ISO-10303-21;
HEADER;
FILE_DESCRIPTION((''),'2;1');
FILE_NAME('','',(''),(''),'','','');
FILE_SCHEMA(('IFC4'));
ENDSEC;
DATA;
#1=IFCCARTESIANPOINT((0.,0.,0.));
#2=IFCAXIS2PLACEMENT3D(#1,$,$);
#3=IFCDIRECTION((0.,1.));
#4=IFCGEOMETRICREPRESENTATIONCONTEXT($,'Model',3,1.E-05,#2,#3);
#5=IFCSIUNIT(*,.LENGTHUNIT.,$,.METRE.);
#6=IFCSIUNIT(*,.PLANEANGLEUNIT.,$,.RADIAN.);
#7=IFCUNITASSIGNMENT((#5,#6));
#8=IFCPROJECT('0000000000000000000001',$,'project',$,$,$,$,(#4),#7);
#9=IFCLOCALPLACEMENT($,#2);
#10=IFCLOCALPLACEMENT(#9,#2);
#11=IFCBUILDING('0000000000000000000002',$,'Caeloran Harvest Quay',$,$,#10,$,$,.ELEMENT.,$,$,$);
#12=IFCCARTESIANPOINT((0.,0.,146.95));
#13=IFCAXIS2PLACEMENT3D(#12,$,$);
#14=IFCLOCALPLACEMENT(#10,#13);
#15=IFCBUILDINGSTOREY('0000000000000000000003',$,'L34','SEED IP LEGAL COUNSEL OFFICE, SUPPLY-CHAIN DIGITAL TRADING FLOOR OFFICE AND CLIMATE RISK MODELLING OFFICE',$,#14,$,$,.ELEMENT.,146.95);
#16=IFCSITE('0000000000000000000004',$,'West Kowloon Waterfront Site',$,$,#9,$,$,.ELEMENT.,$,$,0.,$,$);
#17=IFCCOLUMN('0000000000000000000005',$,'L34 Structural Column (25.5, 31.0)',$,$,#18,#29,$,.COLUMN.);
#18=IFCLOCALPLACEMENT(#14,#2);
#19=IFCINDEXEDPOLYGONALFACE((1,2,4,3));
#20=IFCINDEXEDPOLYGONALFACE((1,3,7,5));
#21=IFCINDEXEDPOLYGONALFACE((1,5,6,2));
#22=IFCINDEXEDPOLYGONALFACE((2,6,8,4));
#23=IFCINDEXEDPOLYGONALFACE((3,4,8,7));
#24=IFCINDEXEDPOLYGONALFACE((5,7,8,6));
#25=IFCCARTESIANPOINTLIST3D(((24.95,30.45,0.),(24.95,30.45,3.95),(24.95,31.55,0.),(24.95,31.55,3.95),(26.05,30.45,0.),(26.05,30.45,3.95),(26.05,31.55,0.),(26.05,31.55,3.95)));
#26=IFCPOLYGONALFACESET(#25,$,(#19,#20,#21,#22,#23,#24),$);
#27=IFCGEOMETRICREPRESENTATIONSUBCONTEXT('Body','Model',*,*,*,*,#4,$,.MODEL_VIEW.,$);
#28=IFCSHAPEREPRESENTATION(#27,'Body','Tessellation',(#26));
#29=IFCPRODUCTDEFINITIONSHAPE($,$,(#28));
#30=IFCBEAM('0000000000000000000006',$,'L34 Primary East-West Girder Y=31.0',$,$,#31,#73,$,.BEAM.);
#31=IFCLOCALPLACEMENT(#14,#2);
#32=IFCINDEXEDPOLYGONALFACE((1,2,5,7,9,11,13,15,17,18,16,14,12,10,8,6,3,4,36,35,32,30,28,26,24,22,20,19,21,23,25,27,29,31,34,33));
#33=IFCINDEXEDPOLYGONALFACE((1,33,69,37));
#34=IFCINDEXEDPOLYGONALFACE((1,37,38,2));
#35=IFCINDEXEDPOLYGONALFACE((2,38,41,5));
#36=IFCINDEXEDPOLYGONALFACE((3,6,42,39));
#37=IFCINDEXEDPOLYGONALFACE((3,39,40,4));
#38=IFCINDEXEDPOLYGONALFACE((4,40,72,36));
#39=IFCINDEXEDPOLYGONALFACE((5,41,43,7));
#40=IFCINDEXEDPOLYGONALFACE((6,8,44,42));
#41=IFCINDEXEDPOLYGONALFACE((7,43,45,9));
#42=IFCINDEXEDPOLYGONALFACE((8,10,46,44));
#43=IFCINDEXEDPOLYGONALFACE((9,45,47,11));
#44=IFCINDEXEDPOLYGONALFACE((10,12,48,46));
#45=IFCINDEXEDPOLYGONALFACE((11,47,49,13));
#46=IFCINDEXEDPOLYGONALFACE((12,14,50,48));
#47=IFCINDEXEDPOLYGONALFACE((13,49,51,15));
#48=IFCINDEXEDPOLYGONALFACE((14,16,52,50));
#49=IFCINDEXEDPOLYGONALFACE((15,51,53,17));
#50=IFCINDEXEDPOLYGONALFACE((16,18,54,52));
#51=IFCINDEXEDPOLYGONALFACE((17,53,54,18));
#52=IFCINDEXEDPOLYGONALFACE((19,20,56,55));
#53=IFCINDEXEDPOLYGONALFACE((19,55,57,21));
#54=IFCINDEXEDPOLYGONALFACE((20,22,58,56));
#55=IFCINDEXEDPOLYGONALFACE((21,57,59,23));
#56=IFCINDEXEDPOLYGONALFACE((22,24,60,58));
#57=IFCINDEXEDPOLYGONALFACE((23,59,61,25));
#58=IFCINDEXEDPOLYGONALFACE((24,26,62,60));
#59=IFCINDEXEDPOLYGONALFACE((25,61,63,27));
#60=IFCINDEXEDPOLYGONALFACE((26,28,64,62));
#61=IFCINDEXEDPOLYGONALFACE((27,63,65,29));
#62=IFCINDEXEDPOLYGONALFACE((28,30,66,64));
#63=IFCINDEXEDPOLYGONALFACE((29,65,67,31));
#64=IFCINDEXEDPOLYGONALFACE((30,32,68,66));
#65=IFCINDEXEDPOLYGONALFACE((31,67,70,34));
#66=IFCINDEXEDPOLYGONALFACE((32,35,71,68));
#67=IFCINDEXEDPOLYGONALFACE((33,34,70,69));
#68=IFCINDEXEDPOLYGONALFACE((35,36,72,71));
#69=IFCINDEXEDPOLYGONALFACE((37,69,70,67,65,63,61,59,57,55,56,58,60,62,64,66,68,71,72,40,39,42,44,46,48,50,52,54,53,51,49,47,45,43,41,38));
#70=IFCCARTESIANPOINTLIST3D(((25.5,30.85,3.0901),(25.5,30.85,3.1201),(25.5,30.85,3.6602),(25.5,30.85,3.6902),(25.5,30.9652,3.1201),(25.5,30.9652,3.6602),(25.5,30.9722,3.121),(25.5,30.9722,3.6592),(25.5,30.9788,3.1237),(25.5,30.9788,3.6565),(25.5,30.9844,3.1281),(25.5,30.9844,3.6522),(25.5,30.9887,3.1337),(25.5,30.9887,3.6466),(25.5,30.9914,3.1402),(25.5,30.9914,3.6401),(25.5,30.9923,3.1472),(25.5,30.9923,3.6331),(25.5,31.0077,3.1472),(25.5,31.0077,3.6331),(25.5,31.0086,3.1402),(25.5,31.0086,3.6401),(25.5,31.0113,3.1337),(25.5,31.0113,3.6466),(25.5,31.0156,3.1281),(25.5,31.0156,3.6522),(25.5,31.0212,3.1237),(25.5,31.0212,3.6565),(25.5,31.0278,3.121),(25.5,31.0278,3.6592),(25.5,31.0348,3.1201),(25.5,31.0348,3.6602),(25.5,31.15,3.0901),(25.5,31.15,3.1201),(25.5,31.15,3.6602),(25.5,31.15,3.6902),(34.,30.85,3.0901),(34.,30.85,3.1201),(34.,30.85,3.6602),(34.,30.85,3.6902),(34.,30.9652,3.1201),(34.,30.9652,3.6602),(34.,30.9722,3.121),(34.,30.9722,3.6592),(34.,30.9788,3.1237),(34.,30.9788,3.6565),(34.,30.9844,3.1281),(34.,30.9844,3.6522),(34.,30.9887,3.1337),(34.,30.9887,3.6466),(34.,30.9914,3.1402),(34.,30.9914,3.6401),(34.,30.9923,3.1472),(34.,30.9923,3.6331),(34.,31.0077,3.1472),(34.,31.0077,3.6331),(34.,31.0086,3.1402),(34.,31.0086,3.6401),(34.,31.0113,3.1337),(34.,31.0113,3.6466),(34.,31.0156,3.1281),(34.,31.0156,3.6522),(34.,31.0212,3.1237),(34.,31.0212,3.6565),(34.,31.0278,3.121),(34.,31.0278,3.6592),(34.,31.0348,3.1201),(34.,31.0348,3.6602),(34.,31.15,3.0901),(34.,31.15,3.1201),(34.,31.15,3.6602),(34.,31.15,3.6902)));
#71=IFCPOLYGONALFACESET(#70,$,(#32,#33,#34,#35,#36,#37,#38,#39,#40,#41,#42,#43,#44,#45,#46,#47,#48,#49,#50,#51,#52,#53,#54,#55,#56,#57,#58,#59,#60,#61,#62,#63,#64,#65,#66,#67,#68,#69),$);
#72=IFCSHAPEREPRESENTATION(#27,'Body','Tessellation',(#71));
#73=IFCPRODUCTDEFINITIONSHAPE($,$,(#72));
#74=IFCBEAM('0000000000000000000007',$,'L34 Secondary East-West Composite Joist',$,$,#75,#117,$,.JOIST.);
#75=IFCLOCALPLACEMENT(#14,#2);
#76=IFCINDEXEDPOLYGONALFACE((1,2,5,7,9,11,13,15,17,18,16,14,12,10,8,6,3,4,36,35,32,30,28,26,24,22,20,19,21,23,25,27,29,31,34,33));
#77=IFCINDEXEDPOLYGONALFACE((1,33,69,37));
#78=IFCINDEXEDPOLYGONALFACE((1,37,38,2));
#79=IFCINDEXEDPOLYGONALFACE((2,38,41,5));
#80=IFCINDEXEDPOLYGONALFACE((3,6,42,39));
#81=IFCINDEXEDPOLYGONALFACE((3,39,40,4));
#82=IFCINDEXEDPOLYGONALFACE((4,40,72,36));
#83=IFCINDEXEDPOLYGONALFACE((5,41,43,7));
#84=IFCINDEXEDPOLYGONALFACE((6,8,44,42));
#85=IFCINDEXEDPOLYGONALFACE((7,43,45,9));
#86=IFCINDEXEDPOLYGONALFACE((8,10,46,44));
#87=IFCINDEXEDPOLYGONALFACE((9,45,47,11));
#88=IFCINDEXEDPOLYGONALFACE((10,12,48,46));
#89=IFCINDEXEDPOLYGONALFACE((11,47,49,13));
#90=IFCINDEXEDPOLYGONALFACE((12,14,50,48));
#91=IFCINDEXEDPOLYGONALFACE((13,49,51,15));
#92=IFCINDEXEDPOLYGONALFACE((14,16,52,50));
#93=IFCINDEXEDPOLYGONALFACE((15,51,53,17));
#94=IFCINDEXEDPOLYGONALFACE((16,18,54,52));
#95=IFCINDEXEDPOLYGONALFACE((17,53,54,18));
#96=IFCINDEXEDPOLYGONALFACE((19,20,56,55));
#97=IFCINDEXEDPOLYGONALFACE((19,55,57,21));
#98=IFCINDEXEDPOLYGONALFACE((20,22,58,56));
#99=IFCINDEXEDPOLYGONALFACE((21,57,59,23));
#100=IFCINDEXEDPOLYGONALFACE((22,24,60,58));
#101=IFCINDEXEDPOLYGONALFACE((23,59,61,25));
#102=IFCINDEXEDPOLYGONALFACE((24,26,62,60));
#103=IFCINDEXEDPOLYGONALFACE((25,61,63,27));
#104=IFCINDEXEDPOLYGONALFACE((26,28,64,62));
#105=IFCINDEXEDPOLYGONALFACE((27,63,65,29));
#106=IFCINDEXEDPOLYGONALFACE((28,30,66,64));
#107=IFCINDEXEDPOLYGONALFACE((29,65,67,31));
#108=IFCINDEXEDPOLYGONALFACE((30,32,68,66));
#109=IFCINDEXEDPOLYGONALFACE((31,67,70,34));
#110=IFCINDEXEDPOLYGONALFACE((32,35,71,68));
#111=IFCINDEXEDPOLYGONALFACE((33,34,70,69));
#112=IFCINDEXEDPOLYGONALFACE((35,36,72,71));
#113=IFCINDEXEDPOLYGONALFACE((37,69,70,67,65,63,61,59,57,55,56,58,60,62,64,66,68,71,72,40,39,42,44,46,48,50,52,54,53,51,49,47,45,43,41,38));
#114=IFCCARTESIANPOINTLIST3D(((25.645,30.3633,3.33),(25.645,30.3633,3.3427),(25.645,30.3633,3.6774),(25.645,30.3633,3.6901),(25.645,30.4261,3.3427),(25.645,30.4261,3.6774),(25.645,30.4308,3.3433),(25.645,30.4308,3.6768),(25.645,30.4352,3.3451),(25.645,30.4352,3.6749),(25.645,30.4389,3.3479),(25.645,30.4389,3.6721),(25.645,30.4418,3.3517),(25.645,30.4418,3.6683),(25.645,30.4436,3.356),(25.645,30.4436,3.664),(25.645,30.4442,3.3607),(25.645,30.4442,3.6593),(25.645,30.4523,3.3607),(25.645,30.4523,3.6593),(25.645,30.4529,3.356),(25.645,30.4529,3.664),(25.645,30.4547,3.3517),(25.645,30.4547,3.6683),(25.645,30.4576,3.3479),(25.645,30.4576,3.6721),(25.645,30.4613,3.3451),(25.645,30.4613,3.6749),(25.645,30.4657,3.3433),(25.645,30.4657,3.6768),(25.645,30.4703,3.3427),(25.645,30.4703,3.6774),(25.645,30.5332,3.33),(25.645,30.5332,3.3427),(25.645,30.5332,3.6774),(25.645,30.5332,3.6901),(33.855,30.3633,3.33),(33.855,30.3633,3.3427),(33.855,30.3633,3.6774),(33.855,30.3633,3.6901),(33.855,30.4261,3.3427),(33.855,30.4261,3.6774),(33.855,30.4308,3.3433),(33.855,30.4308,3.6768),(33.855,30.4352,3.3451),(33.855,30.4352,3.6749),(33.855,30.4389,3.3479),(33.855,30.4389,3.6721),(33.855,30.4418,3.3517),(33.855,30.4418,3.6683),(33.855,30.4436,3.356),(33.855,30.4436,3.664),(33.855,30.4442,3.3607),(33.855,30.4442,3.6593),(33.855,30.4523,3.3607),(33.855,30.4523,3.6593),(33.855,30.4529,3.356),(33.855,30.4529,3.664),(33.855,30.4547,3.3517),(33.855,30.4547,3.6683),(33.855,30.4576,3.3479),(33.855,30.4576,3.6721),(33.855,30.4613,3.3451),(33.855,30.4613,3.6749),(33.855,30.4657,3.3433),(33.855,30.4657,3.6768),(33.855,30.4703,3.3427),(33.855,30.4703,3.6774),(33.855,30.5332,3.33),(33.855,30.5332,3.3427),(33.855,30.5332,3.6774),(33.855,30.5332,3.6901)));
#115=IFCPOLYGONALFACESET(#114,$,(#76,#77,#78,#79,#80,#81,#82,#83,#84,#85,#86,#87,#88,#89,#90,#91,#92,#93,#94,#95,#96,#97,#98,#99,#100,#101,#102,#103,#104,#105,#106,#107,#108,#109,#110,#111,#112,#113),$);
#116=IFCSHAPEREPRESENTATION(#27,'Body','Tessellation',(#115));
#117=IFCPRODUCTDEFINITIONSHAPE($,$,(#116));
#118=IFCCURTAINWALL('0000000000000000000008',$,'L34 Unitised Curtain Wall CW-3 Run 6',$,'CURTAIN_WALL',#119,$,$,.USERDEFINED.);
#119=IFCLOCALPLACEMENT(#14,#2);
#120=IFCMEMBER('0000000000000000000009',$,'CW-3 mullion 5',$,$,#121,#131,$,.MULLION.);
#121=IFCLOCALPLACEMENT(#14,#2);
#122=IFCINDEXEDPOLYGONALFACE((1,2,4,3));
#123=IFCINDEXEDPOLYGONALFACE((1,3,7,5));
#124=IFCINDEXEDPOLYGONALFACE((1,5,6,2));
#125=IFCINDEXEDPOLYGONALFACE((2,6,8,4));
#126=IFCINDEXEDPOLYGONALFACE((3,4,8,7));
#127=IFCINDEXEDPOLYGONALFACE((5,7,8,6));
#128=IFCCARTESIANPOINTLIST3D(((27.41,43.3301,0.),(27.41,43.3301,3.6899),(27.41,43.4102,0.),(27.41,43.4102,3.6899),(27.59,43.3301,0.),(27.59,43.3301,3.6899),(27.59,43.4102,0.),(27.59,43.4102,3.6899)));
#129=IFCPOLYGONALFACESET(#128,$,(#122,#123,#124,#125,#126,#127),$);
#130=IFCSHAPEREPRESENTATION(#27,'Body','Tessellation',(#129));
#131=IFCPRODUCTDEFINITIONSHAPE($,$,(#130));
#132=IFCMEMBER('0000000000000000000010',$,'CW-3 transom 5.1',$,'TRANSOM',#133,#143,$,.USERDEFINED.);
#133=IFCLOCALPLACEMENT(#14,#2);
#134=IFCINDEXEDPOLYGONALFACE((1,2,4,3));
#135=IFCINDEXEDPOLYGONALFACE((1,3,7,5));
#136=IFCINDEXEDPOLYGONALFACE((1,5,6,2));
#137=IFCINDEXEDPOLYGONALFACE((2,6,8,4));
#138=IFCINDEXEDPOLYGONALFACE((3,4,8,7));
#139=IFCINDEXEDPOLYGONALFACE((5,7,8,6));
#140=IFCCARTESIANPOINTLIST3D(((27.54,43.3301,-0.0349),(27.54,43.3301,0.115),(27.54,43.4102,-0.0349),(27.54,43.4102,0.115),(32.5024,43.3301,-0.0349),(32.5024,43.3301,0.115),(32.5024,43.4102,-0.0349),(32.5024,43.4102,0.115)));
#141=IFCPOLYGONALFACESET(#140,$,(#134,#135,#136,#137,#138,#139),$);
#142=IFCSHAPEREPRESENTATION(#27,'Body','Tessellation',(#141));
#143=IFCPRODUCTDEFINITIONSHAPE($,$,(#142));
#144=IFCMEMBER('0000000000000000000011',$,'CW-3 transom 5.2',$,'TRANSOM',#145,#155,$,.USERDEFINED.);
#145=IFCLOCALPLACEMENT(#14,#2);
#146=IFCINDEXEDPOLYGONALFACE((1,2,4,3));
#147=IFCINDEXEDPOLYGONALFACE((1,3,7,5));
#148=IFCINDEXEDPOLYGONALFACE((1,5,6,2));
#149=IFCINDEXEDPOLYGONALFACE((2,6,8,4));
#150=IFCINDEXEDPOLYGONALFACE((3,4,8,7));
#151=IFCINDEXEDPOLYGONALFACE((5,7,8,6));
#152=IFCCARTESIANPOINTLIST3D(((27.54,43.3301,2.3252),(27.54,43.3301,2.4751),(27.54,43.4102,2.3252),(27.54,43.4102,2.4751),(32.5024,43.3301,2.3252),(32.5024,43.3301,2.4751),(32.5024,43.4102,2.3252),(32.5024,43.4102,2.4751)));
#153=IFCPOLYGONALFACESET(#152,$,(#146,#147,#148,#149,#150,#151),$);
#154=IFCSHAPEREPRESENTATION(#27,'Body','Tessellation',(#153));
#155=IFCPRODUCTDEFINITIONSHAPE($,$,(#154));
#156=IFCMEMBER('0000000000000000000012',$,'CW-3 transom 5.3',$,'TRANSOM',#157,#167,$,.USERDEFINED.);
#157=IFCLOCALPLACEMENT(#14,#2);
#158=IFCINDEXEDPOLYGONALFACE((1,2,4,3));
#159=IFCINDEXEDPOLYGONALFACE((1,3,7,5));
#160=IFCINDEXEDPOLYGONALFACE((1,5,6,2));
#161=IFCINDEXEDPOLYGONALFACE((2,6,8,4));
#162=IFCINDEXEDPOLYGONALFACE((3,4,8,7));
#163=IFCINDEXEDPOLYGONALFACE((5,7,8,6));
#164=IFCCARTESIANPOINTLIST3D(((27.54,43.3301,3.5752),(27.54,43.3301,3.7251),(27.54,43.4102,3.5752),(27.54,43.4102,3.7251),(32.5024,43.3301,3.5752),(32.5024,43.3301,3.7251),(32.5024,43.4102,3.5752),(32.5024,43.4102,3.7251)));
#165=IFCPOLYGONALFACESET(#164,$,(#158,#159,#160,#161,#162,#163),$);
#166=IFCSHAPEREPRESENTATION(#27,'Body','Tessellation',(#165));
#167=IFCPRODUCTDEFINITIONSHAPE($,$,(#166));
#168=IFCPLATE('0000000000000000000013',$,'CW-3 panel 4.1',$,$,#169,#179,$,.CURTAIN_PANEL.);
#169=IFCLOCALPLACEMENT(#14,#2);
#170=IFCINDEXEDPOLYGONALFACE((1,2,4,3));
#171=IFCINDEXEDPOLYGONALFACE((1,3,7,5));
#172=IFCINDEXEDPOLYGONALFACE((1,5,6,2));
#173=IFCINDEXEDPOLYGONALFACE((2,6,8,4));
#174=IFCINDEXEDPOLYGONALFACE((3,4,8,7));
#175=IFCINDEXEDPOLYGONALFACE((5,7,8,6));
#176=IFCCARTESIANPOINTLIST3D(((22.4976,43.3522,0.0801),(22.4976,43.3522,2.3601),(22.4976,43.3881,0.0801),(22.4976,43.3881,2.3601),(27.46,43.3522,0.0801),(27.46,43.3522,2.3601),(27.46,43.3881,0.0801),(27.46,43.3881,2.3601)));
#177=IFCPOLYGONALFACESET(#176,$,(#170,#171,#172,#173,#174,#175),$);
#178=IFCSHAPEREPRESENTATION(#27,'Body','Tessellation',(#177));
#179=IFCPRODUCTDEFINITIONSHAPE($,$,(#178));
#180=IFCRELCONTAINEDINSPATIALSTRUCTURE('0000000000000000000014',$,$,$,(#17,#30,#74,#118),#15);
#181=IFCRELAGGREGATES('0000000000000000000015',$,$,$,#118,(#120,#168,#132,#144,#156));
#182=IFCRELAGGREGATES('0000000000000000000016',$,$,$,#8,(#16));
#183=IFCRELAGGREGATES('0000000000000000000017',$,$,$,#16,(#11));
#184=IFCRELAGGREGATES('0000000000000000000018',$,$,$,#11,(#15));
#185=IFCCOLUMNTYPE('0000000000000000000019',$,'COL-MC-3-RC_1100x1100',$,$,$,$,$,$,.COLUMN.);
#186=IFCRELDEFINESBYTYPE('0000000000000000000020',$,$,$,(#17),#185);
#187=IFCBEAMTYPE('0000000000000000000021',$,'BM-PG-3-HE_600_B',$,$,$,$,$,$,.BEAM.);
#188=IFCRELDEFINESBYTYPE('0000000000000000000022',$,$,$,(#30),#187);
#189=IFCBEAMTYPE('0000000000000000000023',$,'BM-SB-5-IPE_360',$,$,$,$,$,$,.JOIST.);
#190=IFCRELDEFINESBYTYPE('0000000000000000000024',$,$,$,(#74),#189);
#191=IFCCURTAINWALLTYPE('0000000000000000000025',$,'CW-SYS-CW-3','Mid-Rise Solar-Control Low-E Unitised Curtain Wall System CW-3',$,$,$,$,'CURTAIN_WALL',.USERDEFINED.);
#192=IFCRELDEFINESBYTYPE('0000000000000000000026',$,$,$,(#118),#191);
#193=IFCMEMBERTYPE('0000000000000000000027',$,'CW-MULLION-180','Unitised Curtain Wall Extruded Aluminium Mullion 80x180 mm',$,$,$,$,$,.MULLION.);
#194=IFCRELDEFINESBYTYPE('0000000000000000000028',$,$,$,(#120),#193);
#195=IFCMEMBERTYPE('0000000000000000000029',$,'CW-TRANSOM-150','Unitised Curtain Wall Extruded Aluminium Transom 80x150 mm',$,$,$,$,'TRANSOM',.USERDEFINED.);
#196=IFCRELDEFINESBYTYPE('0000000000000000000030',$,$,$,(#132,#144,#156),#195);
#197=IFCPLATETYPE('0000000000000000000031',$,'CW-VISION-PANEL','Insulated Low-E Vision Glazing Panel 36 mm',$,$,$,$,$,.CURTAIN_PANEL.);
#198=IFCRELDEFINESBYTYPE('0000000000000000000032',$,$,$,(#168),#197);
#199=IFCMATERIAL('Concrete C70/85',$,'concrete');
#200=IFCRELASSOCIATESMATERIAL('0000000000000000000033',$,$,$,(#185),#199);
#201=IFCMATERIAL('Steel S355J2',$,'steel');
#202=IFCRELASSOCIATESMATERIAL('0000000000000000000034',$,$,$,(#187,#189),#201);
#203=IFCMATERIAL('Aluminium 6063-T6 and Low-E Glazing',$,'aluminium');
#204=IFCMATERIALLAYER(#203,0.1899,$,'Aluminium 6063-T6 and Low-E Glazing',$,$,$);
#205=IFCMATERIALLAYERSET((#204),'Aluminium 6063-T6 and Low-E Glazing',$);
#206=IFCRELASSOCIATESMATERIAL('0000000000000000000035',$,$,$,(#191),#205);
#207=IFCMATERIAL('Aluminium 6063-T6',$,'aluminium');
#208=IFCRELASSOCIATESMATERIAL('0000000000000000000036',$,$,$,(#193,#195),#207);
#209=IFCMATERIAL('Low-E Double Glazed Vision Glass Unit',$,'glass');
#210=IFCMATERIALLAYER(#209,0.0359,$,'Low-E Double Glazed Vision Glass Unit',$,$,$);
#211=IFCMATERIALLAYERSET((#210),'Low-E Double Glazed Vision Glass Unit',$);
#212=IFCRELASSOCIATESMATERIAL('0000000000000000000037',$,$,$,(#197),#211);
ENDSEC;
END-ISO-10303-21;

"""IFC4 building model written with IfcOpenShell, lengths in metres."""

from ifc_helpers import new_model, si_unit, direction, frame, origin, origin_2d, place, context, subcontext, project, spatial, rectangle, i_section, extrude, material, layer, layer_set, material_profile, profile_set, type_object, element, aggregate, save


model = new_model("IFC4")

# Units and contexts
model_context = context("Model", 3, precision=1e-05, world=origin(), true_north=direction((0.0, 1.0)))
body_context = subcontext(model_context, "Body", "Model", "MODEL_VIEW")
ifc_project = project(units=[si_unit("LENGTHUNIT", "METRE"), si_unit("PLANEANGLEUNIT", "RADIAN")], contexts=[model_context])

# Site, building, storey
site_placement = place(None, origin())
site = spatial("IfcSite", under=ifc_project, at=site_placement, Name="West Kowloon Waterfront Site", CompositionType="ELEMENT", RefElevation=0.0)
building_placement = place(site_placement, origin())
building = spatial("IfcBuilding", under=site, at=building_placement, Name="Caeloran Harvest Quay", CompositionType="ELEMENT")
storey_placement = place(building_placement, frame((0.0, 0.0, 146.95)))
storey = spatial("IfcBuildingStorey", under=building, at=storey_placement, Name="L34", Description="SEED IP LEGAL COUNSEL OFFICE, SUPPLY-CHAIN DIGITAL TRADING FLOOR OFFICE AND CLIMATE RISK MODELLING OFFICE", CompositionType="ELEMENT", Elevation=146.95)

# Column
ifc_material_1 = material(Name="Concrete C70/85", Category="concrete")
ifc_material_profile_1 = material_profile(ifc_material_1, rectangle(XDim=1.1001, YDim=1.1001, at=origin_2d()), Name="RC 1100x1100")
ifc_profile_set_1 = profile_set([ifc_material_profile_1], Name="Concrete C70/85")
column_type = type_object("IfcColumnType", Name="COL-MC-3-RC_1100x1100", PredefinedType="COLUMN", material=ifc_profile_set_1)
column_placement = place(storey_placement, frame((25.5, 31.0, 0.0), z_axis=(0.0, 0.0, 1.0), x_axis=(1.0, 0.0, 0.0)))
element("IfcColumn", 1, at=column_placement, inside=storey, type_object=column_type, Name="L34 Structural Column (25.5, 31.0)", PredefinedType="COLUMN", context=body_context, shape_type="SweptSolid", body=[
    extrude(rectangle(XDim=1.1001, YDim=1.1001, at=origin_2d()), origin(), (0.0, 0.0, 1.0), 3.95),
])

# Beams
ifc_material_2 = material(Name="Steel S355J2", Category="steel")
ifc_material_profile_2 = material_profile(ifc_material_2, i_section(OverallWidth=0.3, OverallDepth=0.6001, WebThickness=0.0154, FlangeThickness=0.03, FilletRadius=0.0271, at=origin_2d()), Name="HE 600 B")
ifc_profile_set_2 = profile_set([ifc_material_profile_2], Name="Steel S355J2")
beam_type_1 = type_object("IfcBeamType", Name="BM-PG-3-HE_600_B", PredefinedType="BEAM", material=ifc_profile_set_2)
beam_1_placement = place(storey_placement, frame((25.5, 31.0, 3.3901), z_axis=(1.0, 0.0, 0.0), x_axis=(0.0, 1.0, 0.0)))
element("IfcBeam", 2, at=beam_1_placement, inside=storey, type_object=beam_type_1, Name="L34 Primary East-West Girder Y=31.0", PredefinedType="BEAM", context=body_context, shape_type="SweptSolid", body=[
    extrude(i_section(OverallWidth=0.3, OverallDepth=0.6001, WebThickness=0.0154, FlangeThickness=0.03, FilletRadius=0.0271, at=origin_2d()), origin(), (0.0, 0.0, 1.0), 8.5),
])
ifc_material_profile_3 = material_profile(ifc_material_2, i_section(OverallWidth=0.1699, OverallDepth=0.3601, WebThickness=0.0081, FlangeThickness=0.0127, FilletRadius=0.0181, at=origin_2d()), Name="IPE 360")
ifc_profile_set_3 = profile_set([ifc_material_profile_3], Name="Steel S355J2")
beam_type_2 = type_object("IfcBeamType", Name="BM-SB-5-IPE_360", PredefinedType="JOIST", material=ifc_profile_set_3)
beam_2_placement = place(storey_placement, frame((25.645, 30.4482, 3.51), z_axis=(1.0, 0.0, 0.0), x_axis=(0.0, 1.0, 0.0)))
element("IfcBeam", 3, at=beam_2_placement, inside=storey, type_object=beam_type_2, Name="L34 Secondary East-West Composite Joist", PredefinedType="JOIST", context=body_context, shape_type="SweptSolid", body=[
    extrude(i_section(OverallWidth=0.1699, OverallDepth=0.3601, WebThickness=0.0081, FlangeThickness=0.0127, FilletRadius=0.0181, at=origin_2d()), origin(), (0.0, 0.0, 1.0), 8.21),
])

# Curtain wall, members, plate
ifc_material_3 = material(Name="Aluminium 6063-T6 and Low-E Glazing", Category="aluminium")
ifc_layer_1 = layer(ifc_material_3, 0.1899, Name="Aluminium 6063-T6 and Low-E Glazing")
ifc_layer_set_1 = layer_set([ifc_layer_1], Name="Aluminium 6063-T6 and Low-E Glazing")
curtain_wall_type = type_object("IfcCurtainWallType", Name="CW-SYS-CW-3", Description="Mid-Rise Solar-Control Low-E Unitised Curtain Wall System CW-3", ElementType="CURTAIN_WALL", PredefinedType="USERDEFINED", material=ifc_layer_set_1)
curtain_wall_placement = place(storey_placement, origin())
curtain_wall = element("IfcCurtainWall", 4, at=curtain_wall_placement, inside=storey, type_object=curtain_wall_type, Name="L34 Unitised Curtain Wall CW-3 Run 6", ObjectType="CURTAIN_WALL", PredefinedType="USERDEFINED")
ifc_material_4 = material(Name="Aluminium 6063-T6", Category="aluminium")
ifc_material_profile_4 = material_profile(ifc_material_4, rectangle(XDim=0.0801, YDim=0.1799, at=origin_2d()), Name="CW-MULLION-180")
ifc_profile_set_4 = profile_set([ifc_material_profile_4], Name="Aluminium 6063-T6")
member_type_1 = type_object("IfcMemberType", Name="CW-MULLION-180", Description="Unitised Curtain Wall Extruded Aluminium Mullion 80x180 mm", PredefinedType="MULLION", material=ifc_profile_set_4)
member_1_placement = place(storey_placement, frame((27.5, 43.3701, 0.0), z_axis=(0.0, 0.0, 1.0), x_axis=(0.0, 1.0, 0.0)))
member_1 = element("IfcMember", 5, at=member_1_placement, type_object=member_type_1, Name="CW-3 mullion 5", PredefinedType="MULLION", context=body_context, shape_type="SweptSolid", body=[
    extrude(rectangle(XDim=0.0801, YDim=0.1799, at=origin_2d()), origin(), (0.0, 0.0, 1.0), 3.6899),
])
ifc_material_profile_5 = material_profile(ifc_material_4, rectangle(XDim=0.0801, YDim=0.1499, at=origin_2d()), Name="CW-TRANSOM-150")
ifc_profile_set_5 = profile_set([ifc_material_profile_5], Name="Aluminium 6063-T6")
member_type_2 = type_object("IfcMemberType", Name="CW-TRANSOM-150", Description="Unitised Curtain Wall Extruded Aluminium Transom 80x150 mm", ElementType="TRANSOM", PredefinedType="USERDEFINED", material=ifc_profile_set_5)
member_2_placement = place(storey_placement, frame((27.54, 43.3701, 0.04), z_axis=(1.0, 0.0, 0.0), x_axis=(0.0, 1.0, 0.0)))
member_2 = element("IfcMember", 6, at=member_2_placement, type_object=member_type_2, Name="CW-3 transom 5.1", ObjectType="TRANSOM", PredefinedType="USERDEFINED", context=body_context, shape_type="SweptSolid", body=[
    extrude(rectangle(XDim=0.0801, YDim=0.1499, at=origin_2d()), origin(), (0.0, 0.0, 1.0), 4.9624),
])
member_3_placement = place(storey_placement, frame((27.54, 43.3701, 2.4001), z_axis=(1.0, 0.0, 0.0), x_axis=(0.0, 1.0, 0.0)))
member_3 = element("IfcMember", 7, at=member_3_placement, type_object=member_type_2, Name="CW-3 transom 5.2", ObjectType="TRANSOM", PredefinedType="USERDEFINED", context=body_context, shape_type="SweptSolid", body=[
    extrude(rectangle(XDim=0.0801, YDim=0.1499, at=origin_2d()), origin(), (0.0, 0.0, 1.0), 4.9624),
])
member_4_placement = place(storey_placement, frame((27.54, 43.3701, 3.6501), z_axis=(1.0, 0.0, 0.0), x_axis=(0.0, 1.0, 0.0)))
member_4 = element("IfcMember", 8, at=member_4_placement, type_object=member_type_2, Name="CW-3 transom 5.3", ObjectType="TRANSOM", PredefinedType="USERDEFINED", context=body_context, shape_type="SweptSolid", body=[
    extrude(rectangle(XDim=0.0801, YDim=0.1499, at=origin_2d()), origin(), (0.0, 0.0, 1.0), 4.9624),
])
ifc_material_5 = material(Name="Low-E Double Glazed Vision Glass Unit", Category="glass")
ifc_layer_2 = layer(ifc_material_5, 0.0359, Name="Low-E Double Glazed Vision Glass Unit")
ifc_layer_set_2 = layer_set([ifc_layer_2], Name="Low-E Double Glazed Vision Glass Unit")
plate_type = type_object("IfcPlateType", Name="CW-VISION-PANEL", Description="Insulated Low-E Vision Glazing Panel 36 mm", PredefinedType="CURTAIN_PANEL", material=ifc_layer_set_2)
plate_1_placement = place(storey_placement, frame((24.9788, 43.3701, 0.0801), z_axis=(0.0, 0.0, 1.0), x_axis=(1.0, 0.0, 0.0)))
plate_1 = element("IfcPlate", 9, at=plate_1_placement, type_object=plate_type, Name="CW-3 panel 4.1", PredefinedType="CURTAIN_PANEL", context=body_context, shape_type="SweptSolid", body=[
    extrude(rectangle(XDim=4.9624, YDim=0.0359, at=origin_2d()), origin(), (0.0, 0.0, 1.0), 2.28),
])
aggregate(curtain_wall, [member_1, plate_1, member_2, member_3, member_4])

save(model, "model.ifc")
